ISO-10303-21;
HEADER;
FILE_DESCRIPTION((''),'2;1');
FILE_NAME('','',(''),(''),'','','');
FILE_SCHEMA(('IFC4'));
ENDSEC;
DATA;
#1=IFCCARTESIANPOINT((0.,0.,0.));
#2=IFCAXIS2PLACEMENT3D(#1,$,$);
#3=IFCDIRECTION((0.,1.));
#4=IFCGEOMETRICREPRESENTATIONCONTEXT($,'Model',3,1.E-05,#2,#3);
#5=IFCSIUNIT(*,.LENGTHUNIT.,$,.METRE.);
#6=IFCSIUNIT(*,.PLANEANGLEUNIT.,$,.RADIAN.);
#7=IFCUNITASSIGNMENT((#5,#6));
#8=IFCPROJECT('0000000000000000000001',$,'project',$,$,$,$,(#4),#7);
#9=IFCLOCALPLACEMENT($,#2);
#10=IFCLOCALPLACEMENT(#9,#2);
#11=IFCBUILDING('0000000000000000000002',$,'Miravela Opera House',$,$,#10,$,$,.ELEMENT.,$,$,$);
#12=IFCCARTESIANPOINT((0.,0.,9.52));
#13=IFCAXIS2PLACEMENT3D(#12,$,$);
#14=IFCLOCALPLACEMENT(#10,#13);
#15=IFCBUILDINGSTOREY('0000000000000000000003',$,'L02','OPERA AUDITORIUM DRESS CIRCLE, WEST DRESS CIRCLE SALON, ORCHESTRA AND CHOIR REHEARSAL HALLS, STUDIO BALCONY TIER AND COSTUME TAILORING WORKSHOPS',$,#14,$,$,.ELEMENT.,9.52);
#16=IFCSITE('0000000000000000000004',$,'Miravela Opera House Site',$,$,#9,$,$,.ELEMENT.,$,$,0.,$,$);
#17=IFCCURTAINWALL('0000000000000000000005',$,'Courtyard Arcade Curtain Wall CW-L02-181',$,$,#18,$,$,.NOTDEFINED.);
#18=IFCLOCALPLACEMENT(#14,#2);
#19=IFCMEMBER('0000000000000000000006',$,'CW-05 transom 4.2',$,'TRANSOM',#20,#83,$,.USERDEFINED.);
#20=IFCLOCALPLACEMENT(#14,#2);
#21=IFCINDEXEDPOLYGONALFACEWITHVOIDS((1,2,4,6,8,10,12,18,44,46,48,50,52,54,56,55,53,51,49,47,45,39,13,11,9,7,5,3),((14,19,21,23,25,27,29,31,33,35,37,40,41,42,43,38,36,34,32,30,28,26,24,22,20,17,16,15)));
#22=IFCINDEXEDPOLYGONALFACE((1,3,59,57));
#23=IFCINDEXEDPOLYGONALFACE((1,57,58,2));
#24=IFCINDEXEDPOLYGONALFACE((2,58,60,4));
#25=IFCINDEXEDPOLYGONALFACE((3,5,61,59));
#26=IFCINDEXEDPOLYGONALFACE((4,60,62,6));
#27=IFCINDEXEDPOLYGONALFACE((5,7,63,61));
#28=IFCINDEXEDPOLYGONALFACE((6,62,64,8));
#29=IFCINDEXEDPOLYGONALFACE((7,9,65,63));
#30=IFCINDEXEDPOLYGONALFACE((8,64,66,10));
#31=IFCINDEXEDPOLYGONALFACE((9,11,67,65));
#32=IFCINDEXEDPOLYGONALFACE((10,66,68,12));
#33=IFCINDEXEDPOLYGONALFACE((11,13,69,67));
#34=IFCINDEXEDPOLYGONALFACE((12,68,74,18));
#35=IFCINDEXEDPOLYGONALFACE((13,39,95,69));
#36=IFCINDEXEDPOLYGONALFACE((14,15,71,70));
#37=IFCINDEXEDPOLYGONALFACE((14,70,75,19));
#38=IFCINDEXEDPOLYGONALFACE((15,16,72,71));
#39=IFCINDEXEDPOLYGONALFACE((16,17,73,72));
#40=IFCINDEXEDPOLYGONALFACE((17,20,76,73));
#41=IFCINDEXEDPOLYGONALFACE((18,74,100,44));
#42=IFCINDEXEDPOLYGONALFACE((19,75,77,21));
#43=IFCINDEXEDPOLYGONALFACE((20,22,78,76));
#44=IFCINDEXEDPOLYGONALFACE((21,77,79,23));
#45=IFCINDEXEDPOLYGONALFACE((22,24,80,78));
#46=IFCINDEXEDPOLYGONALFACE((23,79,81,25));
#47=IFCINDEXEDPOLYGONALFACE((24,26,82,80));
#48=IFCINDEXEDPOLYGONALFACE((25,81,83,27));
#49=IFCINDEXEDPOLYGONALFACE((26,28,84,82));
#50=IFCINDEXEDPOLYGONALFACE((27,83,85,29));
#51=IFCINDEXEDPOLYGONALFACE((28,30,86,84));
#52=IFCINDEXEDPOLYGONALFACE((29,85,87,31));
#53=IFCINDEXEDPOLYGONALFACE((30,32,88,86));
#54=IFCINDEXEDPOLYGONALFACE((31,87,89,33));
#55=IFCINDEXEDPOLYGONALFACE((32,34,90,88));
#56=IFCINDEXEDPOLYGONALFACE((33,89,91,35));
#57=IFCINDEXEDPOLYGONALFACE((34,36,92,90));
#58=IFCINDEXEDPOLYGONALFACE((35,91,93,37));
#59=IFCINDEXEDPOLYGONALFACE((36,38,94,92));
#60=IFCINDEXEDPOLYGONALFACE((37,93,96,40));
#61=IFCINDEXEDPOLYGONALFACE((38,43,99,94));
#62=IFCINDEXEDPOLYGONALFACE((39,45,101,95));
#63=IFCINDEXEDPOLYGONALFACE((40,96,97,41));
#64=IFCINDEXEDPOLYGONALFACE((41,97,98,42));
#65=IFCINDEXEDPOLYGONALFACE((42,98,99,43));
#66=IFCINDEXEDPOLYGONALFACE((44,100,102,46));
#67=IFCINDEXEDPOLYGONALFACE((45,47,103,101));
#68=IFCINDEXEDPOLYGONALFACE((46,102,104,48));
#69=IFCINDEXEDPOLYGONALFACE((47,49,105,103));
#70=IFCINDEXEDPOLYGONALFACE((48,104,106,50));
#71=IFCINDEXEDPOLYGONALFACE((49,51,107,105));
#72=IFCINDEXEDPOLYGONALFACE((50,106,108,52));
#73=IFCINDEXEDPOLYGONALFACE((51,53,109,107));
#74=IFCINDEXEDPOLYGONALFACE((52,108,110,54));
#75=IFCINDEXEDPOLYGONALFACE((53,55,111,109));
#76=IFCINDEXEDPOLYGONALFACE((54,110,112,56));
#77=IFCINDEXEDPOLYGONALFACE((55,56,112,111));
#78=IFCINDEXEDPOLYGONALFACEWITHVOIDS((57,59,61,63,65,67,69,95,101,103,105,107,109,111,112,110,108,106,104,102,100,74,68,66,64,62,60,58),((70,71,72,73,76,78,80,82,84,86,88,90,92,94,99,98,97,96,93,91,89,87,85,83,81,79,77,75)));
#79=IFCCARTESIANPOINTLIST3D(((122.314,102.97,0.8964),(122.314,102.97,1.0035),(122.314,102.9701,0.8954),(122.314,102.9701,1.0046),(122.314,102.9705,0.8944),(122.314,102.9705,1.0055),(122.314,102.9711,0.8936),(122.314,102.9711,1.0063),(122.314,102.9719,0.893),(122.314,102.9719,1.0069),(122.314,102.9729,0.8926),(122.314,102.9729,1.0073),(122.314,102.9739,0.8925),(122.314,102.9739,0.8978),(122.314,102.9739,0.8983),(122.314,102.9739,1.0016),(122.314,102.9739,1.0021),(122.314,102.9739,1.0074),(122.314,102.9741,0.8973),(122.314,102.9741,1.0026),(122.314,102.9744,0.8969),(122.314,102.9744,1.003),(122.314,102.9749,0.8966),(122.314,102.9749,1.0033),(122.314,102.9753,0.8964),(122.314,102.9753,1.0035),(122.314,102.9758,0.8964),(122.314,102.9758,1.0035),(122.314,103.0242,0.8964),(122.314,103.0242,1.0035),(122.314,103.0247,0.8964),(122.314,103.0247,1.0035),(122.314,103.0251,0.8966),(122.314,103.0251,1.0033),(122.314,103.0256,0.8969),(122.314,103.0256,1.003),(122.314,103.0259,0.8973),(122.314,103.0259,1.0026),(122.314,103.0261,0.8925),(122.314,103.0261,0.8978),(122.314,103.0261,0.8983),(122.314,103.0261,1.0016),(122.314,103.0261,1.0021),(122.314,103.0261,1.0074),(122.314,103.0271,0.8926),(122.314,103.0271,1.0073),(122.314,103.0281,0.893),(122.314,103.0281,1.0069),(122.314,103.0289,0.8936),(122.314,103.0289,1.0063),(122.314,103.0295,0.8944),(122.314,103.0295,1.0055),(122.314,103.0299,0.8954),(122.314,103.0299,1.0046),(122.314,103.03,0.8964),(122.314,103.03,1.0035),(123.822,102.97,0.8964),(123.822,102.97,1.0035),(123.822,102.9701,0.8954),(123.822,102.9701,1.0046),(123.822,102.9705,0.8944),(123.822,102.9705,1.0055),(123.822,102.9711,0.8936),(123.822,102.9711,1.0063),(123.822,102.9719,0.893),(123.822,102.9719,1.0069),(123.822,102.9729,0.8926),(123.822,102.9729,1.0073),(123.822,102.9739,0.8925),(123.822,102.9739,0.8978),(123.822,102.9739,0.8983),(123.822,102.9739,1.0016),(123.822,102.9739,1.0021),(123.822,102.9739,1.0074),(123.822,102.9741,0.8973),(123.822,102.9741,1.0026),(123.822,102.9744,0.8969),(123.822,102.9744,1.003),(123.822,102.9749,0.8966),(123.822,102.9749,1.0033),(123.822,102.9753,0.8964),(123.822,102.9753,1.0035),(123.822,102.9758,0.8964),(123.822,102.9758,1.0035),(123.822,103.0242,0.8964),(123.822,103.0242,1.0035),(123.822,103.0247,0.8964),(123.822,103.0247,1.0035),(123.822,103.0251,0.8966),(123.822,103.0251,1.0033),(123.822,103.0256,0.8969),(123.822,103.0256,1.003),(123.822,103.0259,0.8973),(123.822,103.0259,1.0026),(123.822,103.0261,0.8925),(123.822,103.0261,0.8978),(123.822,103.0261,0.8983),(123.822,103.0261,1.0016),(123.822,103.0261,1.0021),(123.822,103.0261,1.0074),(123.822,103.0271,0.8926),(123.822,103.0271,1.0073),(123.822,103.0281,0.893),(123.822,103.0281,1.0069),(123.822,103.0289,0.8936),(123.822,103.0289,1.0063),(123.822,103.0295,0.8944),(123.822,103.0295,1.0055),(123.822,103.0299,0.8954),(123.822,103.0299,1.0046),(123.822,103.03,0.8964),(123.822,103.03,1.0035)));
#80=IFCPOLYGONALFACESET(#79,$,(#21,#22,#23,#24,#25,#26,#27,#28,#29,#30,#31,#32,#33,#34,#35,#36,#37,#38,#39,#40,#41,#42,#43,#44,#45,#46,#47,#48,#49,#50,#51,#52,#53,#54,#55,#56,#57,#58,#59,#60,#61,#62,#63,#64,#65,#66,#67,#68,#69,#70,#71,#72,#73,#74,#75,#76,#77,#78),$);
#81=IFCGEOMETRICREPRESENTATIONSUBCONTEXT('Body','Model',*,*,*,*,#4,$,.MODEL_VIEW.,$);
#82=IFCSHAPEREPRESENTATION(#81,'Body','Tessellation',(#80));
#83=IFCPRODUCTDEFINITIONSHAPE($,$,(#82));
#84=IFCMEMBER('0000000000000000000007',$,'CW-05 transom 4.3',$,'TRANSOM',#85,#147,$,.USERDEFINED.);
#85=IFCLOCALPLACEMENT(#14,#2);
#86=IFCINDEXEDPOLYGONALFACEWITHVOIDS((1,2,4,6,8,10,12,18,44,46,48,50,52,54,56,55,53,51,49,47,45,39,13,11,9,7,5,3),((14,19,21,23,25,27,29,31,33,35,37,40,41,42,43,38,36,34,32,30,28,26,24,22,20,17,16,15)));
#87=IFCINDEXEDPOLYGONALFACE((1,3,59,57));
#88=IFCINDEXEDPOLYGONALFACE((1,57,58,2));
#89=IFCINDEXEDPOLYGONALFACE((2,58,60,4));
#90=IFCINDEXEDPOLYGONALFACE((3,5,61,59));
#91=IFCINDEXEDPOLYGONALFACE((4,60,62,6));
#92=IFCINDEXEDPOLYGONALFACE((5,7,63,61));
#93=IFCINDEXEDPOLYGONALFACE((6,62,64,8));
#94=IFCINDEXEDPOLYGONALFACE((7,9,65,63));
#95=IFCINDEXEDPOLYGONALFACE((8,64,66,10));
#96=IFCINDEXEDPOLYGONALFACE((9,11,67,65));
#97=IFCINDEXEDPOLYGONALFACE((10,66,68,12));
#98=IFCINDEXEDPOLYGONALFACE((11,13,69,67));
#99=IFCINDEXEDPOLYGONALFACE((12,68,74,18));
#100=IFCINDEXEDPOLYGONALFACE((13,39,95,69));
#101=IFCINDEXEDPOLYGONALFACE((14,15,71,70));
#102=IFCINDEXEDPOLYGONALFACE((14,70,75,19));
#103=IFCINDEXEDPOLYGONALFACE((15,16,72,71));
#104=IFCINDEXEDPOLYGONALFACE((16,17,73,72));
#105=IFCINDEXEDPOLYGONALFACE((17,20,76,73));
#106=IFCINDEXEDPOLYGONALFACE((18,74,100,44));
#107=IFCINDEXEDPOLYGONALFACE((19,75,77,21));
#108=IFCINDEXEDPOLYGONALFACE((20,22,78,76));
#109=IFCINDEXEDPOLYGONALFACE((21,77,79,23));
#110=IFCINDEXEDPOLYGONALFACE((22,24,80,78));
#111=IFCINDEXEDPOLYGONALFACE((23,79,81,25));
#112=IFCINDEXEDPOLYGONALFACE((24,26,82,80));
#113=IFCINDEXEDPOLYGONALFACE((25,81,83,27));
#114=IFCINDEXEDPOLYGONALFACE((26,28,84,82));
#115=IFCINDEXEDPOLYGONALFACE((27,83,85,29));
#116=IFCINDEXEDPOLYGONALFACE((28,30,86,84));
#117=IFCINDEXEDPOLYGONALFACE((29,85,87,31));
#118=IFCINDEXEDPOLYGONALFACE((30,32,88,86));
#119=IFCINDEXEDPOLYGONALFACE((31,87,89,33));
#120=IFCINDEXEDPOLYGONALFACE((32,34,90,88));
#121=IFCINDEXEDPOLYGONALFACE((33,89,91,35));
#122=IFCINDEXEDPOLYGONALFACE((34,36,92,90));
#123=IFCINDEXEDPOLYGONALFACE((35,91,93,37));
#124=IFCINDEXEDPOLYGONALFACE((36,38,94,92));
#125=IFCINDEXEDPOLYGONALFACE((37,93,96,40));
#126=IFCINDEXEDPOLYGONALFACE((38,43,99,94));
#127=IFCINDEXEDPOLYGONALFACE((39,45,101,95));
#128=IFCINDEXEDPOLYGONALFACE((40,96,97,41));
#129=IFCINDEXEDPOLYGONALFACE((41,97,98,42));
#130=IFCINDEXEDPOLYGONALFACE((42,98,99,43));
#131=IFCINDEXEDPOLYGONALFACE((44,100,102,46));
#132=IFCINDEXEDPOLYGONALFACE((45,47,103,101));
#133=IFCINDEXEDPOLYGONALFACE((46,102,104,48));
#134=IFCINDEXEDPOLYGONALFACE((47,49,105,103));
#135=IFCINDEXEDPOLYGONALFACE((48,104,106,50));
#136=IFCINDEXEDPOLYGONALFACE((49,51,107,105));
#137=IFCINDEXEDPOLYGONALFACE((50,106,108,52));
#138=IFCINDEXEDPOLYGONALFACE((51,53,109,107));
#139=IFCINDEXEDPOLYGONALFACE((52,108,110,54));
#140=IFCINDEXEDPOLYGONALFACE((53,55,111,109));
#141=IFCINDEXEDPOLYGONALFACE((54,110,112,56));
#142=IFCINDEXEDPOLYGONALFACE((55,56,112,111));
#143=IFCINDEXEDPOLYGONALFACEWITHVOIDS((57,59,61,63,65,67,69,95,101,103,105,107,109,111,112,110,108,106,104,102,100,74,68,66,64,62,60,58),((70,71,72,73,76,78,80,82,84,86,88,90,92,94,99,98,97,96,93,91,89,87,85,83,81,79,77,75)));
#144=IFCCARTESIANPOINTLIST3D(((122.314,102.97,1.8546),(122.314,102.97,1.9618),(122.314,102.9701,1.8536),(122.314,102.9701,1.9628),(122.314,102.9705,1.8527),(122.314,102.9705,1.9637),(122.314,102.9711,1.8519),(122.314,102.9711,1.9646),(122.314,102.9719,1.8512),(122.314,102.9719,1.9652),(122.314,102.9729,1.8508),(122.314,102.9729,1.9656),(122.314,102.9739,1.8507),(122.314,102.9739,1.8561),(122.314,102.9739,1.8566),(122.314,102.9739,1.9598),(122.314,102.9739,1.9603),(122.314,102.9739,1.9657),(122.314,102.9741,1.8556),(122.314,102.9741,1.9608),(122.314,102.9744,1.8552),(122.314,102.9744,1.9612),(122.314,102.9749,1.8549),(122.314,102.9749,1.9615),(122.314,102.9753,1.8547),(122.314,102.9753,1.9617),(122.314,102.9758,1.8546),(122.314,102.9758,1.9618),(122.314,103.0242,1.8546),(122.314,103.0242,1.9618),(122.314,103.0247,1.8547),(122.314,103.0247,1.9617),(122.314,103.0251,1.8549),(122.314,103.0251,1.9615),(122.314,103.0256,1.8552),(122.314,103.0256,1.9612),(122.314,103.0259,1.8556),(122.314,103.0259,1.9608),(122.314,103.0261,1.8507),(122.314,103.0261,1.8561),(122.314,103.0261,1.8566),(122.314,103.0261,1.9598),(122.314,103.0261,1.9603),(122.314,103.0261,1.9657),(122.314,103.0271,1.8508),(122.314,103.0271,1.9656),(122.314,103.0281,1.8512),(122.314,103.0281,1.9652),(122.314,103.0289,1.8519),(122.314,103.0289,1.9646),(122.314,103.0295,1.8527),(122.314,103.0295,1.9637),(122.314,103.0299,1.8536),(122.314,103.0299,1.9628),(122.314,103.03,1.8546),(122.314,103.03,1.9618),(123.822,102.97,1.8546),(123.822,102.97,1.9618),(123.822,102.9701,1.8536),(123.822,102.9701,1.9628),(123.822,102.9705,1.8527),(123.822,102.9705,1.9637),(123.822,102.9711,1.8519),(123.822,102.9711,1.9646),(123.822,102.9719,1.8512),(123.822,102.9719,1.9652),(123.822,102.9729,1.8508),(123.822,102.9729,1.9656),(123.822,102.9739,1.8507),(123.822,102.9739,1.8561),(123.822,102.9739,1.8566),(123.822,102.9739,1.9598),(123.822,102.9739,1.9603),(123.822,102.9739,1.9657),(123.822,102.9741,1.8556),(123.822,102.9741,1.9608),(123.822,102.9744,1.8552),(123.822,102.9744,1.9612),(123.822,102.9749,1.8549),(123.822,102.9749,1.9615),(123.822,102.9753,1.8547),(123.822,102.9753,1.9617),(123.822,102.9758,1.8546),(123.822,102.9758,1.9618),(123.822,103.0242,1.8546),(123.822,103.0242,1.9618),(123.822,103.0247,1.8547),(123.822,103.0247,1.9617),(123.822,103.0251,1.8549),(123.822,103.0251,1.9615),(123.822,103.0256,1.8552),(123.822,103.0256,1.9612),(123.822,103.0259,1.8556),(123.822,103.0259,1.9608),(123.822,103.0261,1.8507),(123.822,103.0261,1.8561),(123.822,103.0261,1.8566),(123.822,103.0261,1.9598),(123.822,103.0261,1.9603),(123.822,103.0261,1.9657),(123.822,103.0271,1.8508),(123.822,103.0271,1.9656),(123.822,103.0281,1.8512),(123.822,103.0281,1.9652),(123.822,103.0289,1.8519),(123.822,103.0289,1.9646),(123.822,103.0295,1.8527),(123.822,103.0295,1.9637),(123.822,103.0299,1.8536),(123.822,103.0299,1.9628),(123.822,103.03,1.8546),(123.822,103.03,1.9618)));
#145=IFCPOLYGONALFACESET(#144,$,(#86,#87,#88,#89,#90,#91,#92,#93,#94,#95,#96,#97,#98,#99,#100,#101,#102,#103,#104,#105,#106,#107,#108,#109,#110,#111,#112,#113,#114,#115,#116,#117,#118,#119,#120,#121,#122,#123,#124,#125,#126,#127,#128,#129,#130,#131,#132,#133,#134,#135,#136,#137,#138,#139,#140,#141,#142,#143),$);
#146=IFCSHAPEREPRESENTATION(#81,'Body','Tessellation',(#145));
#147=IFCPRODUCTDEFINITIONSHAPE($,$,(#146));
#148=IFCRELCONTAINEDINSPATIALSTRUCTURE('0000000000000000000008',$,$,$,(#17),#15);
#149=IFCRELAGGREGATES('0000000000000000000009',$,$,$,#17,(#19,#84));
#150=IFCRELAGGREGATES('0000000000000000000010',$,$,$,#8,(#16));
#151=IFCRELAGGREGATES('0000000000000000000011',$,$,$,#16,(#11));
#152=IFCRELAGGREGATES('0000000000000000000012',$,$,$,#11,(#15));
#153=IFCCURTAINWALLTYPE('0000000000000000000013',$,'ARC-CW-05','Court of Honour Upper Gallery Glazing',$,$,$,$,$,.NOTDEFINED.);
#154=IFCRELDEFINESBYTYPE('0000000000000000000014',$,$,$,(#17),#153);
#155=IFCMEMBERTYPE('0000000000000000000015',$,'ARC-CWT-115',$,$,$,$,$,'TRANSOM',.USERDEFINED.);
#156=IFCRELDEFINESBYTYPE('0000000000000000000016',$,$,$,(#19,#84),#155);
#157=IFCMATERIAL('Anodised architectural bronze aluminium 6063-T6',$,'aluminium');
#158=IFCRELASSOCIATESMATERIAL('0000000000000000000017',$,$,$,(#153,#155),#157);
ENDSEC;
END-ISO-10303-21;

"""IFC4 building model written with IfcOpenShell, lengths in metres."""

from ifc_helpers import new_model, si_unit, direction, frame, origin, origin_2d, place, context, subcontext, project, spatial, hollow_rectangle, extrude, material, material_profile, profile_set, type_object, element, aggregate, save


model = new_model("IFC4")

# Units and contexts
model_context = context("Model", 3, precision=1e-05, world=origin(), true_north=direction((0.0, 1.0)))
body_context = subcontext(model_context, "Body", "Model", "MODEL_VIEW")
ifc_project = project(units=[si_unit("LENGTHUNIT", "METRE"), si_unit("PLANEANGLEUNIT", "RADIAN")], contexts=[model_context])

# Site, building, storey
site_placement = place(None, origin())
site = spatial("IfcSite", under=ifc_project, at=site_placement, Name="Miravela Opera House Site", CompositionType="ELEMENT", RefElevation=0.0)
building_placement = place(site_placement, origin())
building = spatial("IfcBuilding", under=site, at=building_placement, Name="Miravela Opera House", CompositionType="ELEMENT")
storey_placement = place(building_placement, frame((0.0, 0.0, 9.52)))
storey = spatial("IfcBuildingStorey", under=building, at=storey_placement, Name="L02", Description="OPERA AUDITORIUM DRESS CIRCLE, WEST DRESS CIRCLE SALON, ORCHESTRA AND CHOIR REHEARSAL HALLS, STUDIO BALCONY TIER AND COSTUME TAILORING WORKSHOPS", CompositionType="ELEMENT", Elevation=9.52)

# Curtain wall, members
ifc_material_1 = material(Name="Anodised architectural bronze aluminium 6063-T6", Category="aluminium")
curtain_wall_type = type_object("IfcCurtainWallType", Name="ARC-CW-05", Description="Court of Honour Upper Gallery Glazing", PredefinedType="NOTDEFINED", material=ifc_material_1)
curtain_wall_placement = place(storey_placement, origin())
curtain_wall = element("IfcCurtainWall", 1, at=curtain_wall_placement, inside=storey, type_object=curtain_wall_type, Name="Courtyard Arcade Curtain Wall CW-L02-181", PredefinedType="NOTDEFINED")
ifc_material_profile_1 = material_profile(ifc_material_1, hollow_rectangle(XDim=0.0601, YDim=0.115, WallThickness=0.0039, InnerFilletRadius=0.002, OuterFilletRadius=0.0039, at=origin_2d()), Name="CWT-60X115")
ifc_profile_set_1 = profile_set([ifc_material_profile_1])
member_type_1 = type_object("IfcMemberType", Name="ARC-CWT-115", ElementType="TRANSOM", PredefinedType="USERDEFINED", material=ifc_profile_set_1)
member_1_placement = place(storey_placement, frame((122.314, 103.0, 0.95), z_axis=(1.0, 0.0, 0.0), x_axis=(0.0, 1.0, 0.0)))
member_1 = element("IfcMember", 2, at=member_1_placement, type_object=member_type_1, Name="CW-05 transom 4.2", ObjectType="TRANSOM", PredefinedType="USERDEFINED", context=body_context, shape_type="SweptSolid", body=[
    extrude(hollow_rectangle(XDim=0.0601, YDim=0.115, WallThickness=0.0039, InnerFilletRadius=0.002, OuterFilletRadius=0.0039, at=origin_2d()), origin(), (0.0, 0.0, 1.0), 1.5081),
])
member_2_placement = place(storey_placement, frame((122.314, 103.0, 1.9082), z_axis=(1.0, 0.0, 0.0), x_axis=(0.0, 1.0, 0.0)))
member_2 = element("IfcMember", 3, at=member_2_placement, type_object=member_type_1, Name="CW-05 transom 4.3", ObjectType="TRANSOM", PredefinedType="USERDEFINED", context=body_context, shape_type="SweptSolid", body=[
    extrude(hollow_rectangle(XDim=0.0601, YDim=0.115, WallThickness=0.0039, InnerFilletRadius=0.002, OuterFilletRadius=0.0039, at=origin_2d()), origin(), (0.0, 0.0, 1.0), 1.5081),
])

aggregate(curtain_wall, [member_1, member_2])

save(model, "model.ifc")
